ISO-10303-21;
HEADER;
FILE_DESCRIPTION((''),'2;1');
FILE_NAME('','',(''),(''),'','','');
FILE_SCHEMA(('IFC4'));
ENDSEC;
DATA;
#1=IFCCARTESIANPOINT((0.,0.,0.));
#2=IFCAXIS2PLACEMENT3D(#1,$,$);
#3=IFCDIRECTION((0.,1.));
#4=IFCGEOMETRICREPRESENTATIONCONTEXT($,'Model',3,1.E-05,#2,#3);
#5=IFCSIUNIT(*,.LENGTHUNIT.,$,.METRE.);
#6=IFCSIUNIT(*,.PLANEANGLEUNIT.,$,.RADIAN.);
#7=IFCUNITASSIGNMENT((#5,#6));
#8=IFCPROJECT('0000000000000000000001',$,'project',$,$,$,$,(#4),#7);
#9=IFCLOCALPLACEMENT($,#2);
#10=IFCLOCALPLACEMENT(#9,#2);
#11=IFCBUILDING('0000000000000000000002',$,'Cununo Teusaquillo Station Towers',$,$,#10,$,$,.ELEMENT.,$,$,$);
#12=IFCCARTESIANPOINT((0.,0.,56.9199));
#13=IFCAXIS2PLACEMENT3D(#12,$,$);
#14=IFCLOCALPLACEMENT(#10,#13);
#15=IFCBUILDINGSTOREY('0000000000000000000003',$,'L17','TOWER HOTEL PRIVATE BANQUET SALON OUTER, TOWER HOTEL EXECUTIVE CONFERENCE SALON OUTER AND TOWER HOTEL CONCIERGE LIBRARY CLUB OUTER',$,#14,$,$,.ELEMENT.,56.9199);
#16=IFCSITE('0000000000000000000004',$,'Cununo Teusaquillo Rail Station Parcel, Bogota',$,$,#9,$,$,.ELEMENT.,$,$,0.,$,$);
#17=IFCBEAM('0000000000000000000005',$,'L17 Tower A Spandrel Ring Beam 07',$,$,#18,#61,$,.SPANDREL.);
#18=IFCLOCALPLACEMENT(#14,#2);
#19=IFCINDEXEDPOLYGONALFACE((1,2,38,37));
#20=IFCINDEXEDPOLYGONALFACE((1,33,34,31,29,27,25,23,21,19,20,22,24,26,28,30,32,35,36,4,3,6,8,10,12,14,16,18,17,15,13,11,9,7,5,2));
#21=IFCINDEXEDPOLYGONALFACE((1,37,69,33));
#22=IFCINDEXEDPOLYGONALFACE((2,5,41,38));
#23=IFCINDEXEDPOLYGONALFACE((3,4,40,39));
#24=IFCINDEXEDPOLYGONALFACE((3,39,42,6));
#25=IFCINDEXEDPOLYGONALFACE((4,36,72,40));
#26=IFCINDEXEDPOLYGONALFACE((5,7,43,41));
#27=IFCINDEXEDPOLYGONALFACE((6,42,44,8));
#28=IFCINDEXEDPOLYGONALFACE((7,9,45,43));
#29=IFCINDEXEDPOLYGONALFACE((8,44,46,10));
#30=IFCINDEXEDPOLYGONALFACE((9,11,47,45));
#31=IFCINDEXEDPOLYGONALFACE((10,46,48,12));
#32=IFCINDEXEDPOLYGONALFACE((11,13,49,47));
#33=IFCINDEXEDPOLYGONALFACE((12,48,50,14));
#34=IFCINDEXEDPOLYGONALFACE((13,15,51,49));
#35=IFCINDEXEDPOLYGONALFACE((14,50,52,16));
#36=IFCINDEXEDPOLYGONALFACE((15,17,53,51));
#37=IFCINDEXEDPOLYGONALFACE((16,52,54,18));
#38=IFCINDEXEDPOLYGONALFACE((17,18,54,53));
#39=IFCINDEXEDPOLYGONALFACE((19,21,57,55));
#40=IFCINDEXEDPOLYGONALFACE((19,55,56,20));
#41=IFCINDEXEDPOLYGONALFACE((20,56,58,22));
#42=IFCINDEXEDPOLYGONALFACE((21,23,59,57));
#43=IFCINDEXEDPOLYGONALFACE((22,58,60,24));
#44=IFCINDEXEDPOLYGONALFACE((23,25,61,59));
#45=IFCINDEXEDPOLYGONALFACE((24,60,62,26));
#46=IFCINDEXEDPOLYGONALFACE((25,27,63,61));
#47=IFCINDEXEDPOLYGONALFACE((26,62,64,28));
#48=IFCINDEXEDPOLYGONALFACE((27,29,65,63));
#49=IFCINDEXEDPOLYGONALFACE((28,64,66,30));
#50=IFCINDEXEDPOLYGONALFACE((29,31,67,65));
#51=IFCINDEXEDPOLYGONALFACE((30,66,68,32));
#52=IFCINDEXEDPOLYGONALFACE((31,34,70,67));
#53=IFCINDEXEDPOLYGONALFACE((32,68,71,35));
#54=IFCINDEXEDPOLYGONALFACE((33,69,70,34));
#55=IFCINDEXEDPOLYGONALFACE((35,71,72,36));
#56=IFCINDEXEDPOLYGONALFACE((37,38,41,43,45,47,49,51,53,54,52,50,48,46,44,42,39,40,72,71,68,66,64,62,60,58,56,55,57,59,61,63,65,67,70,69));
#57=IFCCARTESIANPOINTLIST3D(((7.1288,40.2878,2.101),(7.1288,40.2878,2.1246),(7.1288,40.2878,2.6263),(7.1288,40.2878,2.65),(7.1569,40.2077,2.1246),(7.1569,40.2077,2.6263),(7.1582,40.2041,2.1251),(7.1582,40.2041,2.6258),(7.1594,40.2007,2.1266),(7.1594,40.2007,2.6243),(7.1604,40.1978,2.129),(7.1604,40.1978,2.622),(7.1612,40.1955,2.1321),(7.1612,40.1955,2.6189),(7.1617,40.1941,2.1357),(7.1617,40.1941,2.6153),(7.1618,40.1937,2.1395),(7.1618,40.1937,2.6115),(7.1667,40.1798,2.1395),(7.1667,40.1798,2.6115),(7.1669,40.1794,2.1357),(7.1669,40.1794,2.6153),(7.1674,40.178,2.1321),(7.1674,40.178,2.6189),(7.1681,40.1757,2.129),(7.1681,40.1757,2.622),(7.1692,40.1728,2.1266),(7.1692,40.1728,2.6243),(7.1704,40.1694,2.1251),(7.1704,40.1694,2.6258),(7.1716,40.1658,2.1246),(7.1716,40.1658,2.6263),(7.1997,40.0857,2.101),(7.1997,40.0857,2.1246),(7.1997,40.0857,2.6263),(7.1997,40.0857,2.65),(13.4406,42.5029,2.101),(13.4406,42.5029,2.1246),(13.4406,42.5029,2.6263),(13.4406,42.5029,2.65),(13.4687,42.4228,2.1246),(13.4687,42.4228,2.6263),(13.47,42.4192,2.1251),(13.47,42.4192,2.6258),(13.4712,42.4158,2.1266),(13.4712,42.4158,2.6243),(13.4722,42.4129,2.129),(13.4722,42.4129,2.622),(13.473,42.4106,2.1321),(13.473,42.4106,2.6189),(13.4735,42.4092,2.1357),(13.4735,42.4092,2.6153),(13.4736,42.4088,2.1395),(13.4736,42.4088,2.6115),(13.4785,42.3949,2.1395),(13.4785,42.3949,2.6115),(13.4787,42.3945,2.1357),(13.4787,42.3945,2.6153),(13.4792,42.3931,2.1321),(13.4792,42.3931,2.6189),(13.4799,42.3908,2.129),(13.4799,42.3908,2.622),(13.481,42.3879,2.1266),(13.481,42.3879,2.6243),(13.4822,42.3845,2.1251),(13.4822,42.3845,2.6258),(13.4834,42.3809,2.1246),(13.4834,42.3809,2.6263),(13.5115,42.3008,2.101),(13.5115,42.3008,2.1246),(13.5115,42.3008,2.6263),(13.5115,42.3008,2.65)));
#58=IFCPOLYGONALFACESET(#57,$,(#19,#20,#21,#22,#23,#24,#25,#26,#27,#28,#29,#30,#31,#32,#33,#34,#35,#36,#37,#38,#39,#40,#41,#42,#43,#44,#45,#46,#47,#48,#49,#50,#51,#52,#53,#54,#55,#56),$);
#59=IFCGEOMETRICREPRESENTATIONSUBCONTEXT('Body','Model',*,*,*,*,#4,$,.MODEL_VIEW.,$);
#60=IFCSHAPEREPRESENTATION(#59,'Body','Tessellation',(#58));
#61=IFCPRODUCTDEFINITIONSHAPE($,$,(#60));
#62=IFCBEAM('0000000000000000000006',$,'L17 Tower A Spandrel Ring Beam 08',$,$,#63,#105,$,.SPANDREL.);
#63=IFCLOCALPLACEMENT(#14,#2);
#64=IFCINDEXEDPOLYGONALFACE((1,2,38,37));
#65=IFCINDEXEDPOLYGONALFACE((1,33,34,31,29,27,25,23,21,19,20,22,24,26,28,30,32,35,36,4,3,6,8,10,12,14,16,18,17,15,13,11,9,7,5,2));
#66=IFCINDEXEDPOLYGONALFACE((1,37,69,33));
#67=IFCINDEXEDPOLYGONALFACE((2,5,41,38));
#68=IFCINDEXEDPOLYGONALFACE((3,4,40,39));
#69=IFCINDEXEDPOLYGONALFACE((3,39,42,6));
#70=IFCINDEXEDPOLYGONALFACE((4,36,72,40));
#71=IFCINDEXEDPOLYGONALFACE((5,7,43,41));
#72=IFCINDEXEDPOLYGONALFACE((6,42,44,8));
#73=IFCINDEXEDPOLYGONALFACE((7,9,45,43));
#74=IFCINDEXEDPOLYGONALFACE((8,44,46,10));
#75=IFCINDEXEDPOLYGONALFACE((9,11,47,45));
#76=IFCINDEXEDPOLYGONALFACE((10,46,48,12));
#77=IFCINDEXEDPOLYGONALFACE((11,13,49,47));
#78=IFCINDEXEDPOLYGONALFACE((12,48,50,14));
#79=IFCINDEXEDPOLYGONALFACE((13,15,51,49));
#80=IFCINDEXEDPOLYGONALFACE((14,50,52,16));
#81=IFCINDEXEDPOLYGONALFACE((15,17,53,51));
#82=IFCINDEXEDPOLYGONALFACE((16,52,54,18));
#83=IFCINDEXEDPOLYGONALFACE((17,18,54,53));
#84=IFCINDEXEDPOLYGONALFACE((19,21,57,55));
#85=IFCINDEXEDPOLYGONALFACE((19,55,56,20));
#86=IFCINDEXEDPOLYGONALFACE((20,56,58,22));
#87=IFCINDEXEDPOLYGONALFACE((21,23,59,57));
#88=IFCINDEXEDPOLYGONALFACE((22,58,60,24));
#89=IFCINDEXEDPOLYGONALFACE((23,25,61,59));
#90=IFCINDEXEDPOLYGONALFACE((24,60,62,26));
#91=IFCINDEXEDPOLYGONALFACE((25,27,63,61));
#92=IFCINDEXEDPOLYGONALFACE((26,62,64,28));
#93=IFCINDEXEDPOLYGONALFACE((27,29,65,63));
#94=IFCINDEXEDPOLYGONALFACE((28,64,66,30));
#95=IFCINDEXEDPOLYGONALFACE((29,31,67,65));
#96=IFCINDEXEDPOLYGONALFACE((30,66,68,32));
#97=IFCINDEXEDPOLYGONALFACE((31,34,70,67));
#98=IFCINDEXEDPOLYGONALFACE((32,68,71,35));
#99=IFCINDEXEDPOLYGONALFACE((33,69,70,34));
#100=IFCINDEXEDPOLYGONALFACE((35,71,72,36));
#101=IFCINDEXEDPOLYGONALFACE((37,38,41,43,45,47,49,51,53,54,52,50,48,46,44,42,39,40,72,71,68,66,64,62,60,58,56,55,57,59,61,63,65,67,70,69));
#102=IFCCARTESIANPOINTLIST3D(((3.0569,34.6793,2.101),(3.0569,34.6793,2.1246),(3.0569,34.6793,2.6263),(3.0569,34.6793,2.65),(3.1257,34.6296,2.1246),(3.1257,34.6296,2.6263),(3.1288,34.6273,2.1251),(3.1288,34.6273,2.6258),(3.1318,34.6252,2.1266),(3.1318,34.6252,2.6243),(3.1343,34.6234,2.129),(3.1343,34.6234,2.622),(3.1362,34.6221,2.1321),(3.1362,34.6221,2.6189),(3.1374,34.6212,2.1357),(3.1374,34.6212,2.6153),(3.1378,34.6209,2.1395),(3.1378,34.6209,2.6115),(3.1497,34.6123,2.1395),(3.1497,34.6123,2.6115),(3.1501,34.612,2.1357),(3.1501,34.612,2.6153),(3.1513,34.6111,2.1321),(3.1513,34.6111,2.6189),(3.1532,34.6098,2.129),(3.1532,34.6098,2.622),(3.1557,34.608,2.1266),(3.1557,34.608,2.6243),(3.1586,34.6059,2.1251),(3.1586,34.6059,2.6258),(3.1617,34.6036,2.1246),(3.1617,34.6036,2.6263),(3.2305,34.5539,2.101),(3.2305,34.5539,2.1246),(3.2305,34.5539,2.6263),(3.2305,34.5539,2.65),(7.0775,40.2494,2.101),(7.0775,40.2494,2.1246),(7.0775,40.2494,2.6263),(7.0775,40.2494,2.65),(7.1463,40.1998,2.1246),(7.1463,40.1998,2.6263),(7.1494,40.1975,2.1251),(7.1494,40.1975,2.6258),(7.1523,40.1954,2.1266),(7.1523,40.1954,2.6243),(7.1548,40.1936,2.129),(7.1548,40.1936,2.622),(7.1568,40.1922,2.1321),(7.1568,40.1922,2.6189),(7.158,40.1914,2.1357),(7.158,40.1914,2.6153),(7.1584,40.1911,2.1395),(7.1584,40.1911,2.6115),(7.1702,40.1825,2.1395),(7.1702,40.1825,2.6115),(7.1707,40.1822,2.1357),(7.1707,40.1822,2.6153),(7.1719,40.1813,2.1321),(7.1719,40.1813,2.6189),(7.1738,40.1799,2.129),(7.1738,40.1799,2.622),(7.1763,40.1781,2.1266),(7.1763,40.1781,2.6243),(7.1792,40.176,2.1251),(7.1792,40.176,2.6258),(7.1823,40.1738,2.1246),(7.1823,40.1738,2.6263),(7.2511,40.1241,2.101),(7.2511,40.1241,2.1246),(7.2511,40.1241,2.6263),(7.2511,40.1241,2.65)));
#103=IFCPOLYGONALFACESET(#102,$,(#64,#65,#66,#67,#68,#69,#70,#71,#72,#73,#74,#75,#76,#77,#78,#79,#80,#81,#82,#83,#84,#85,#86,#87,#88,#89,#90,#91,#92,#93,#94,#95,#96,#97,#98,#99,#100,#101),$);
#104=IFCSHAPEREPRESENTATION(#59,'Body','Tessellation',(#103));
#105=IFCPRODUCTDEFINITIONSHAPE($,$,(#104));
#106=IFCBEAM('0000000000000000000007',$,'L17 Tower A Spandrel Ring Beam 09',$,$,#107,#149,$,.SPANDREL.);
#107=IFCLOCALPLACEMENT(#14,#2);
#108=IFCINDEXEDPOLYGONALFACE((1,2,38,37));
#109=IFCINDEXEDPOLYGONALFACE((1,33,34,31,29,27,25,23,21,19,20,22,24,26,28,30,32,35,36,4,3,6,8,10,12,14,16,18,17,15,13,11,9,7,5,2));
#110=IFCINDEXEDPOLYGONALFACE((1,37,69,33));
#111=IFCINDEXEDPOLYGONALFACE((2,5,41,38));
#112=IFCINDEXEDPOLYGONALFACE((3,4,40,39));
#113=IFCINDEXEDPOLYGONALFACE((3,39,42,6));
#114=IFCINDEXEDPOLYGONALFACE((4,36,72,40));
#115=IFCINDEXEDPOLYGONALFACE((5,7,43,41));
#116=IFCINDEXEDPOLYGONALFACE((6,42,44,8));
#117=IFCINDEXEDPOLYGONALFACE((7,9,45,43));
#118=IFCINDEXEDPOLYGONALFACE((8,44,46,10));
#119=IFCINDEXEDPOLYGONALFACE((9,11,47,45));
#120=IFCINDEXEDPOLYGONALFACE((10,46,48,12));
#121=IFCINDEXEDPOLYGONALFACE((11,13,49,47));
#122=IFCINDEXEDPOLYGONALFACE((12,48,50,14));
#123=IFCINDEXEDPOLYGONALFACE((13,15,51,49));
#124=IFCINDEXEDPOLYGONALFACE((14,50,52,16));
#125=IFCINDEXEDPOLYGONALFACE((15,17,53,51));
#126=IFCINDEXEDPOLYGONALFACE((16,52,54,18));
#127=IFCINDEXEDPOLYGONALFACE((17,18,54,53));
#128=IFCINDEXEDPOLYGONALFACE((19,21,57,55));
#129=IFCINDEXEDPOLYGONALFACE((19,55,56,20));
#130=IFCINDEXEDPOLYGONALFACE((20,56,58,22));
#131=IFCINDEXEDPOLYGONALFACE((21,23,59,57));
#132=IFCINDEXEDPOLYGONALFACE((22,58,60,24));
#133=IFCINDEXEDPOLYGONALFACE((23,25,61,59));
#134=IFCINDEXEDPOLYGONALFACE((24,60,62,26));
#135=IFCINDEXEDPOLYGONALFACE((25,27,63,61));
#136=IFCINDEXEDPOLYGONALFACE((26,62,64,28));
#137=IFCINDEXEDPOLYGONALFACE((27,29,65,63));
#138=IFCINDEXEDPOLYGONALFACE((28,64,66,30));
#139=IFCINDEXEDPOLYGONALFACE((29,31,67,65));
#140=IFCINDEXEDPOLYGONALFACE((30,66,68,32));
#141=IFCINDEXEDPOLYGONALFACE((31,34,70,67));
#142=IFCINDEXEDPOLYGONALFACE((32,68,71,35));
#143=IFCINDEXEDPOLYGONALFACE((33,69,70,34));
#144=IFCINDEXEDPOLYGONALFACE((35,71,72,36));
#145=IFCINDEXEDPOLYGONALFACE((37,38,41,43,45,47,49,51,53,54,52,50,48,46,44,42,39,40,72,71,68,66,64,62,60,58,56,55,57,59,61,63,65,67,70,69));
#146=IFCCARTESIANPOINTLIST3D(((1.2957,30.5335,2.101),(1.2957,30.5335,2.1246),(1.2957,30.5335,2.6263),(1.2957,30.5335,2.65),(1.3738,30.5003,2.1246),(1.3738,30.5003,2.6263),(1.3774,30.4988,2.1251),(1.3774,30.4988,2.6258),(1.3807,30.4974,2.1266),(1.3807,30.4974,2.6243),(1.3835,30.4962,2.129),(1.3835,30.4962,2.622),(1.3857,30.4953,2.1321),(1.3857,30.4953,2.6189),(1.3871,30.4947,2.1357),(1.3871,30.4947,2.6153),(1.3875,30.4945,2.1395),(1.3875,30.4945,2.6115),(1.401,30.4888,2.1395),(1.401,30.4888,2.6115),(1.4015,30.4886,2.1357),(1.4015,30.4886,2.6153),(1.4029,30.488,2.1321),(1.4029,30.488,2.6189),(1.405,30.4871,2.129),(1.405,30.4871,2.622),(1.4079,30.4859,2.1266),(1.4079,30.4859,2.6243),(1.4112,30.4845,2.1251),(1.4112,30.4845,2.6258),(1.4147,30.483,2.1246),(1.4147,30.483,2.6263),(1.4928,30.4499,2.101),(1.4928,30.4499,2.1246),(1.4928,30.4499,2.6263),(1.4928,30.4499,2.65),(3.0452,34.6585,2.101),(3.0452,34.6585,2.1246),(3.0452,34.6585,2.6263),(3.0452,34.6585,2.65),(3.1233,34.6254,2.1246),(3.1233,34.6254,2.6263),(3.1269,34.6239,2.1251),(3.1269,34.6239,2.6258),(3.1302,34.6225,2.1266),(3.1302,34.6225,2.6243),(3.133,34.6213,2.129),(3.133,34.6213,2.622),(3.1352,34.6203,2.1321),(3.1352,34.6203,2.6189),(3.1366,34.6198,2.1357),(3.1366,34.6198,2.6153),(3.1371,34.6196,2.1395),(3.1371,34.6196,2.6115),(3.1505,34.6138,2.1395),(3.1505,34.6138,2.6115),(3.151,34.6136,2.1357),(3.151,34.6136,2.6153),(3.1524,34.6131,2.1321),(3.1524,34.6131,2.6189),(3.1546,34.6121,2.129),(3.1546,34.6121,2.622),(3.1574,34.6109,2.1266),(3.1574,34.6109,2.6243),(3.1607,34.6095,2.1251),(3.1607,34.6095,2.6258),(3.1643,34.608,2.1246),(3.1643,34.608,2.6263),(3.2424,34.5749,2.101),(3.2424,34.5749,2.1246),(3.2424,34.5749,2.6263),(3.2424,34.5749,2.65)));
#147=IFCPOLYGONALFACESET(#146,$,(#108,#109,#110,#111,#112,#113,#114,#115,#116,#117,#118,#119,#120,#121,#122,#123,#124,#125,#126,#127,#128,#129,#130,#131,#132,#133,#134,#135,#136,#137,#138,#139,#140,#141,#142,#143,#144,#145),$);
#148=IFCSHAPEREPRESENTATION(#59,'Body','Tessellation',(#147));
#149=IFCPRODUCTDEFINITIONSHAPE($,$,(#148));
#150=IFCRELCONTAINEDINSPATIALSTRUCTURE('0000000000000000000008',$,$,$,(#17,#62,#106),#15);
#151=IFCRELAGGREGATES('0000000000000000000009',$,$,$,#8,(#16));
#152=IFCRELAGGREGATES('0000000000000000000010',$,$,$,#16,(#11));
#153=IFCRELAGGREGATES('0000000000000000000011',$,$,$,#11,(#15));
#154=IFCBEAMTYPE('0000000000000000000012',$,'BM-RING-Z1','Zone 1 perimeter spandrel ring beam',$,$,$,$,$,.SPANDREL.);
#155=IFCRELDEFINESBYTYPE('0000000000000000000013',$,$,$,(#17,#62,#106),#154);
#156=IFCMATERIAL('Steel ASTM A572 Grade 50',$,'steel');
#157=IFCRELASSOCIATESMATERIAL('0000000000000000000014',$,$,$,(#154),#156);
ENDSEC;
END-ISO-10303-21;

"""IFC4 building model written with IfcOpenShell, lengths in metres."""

from ifc_helpers import new_model, si_unit, direction, frame, origin, origin_2d, place, context, subcontext, project, spatial, i_section, extrude, material, material_profile, profile_set, type_object, element, save


model = new_model("IFC4")

# Units and contexts
model_context = context("Model", 3, precision=1e-05, world=origin(), true_north=direction((0.0, 1.0)))
body_context = subcontext(model_context, "Body", "Model", "MODEL_VIEW")
ifc_project = project(units=[si_unit("LENGTHUNIT", "METRE"), si_unit("PLANEANGLEUNIT", "RADIAN")], contexts=[model_context])

# Site, building, storey
site_placement = place(None, origin())
site = spatial("IfcSite", under=ifc_project, at=site_placement, Name="Cununo Teusaquillo Rail Station Parcel, Bogota", CompositionType="ELEMENT", RefElevation=0.0)
building_placement = place(site_placement, origin())
building = spatial("IfcBuilding", under=site, at=building_placement, Name="Cununo Teusaquillo Station Towers", CompositionType="ELEMENT")
storey_placement = place(building_placement, frame((0.0, 0.0, 56.9199)))
storey = spatial("IfcBuildingStorey", under=building, at=storey_placement, Name="L17", Description="TOWER HOTEL PRIVATE BANQUET SALON OUTER, TOWER HOTEL EXECUTIVE CONFERENCE SALON OUTER AND TOWER HOTEL CONCIERGE LIBRARY CLUB OUTER", CompositionType="ELEMENT", Elevation=56.9199)

# Beams
ifc_material_1 = material(Name="Steel ASTM A572 Grade 50", Category="steel")
ifc_material_profile_1 = material_profile(ifc_material_1, i_section(OverallWidth=0.2141, OverallDepth=0.5491, WebThickness=0.0146, FlangeThickness=0.0237, FilletRadius=0.0149, at=origin_2d()), Name="W21X93")
ifc_profile_set_1 = profile_set([ifc_material_profile_1], Name="Steel ASTM A572 Grade 50")
beam_type_1 = type_object("IfcBeamType", Name="BM-RING-Z1", Description="Zone 1 perimeter spandrel ring beam", PredefinedType="SPANDREL", material=ifc_profile_set_1)
beam_1_placement = place(storey_placement, frame((13.4761, 42.4019, 2.3755), z_axis=(-0.94358, -0.331145, 0.0), x_axis=(0.331145, -0.94358, 0.0)))
element("IfcBeam", 1, at=beam_1_placement, inside=storey, type_object=beam_type_1, Name="L17 Tower A Spandrel Ring Beam 07", PredefinedType="SPANDREL", context=body_context, shape_type="SweptSolid", body=[
    extrude(i_section(OverallWidth=0.2141, OverallDepth=0.5491, WebThickness=0.0146, FlangeThickness=0.0237, FilletRadius=0.0149, at=origin_2d()), origin(), (0.0, 0.0, 1.0), 6.6892),
])
beam_2_placement = place(storey_placement, frame((7.1643, 40.1868, 2.3755), z_axis=(-0.585269, -0.810839, 0.0), x_axis=(0.810839, -0.585269, 0.0)))
element("IfcBeam", 2, at=beam_2_placement, inside=storey, type_object=beam_type_1, Name="L17 Tower A Spandrel Ring Beam 08", PredefinedType="SPANDREL", context=body_context, shape_type="SweptSolid", body=[
    extrude(i_section(OverallWidth=0.2141, OverallDepth=0.5491, WebThickness=0.0146, FlangeThickness=0.0237, FilletRadius=0.0149, at=origin_2d()), origin(), (0.0, 0.0, 1.0), 6.8696),
])
beam_3_placement = place(storey_placement, frame((3.1438, 34.6167, 2.3755), z_axis=(-0.390457, -0.920621, 0.0), x_axis=(0.920621, -0.390457, 0.0)))
element("IfcBeam", 3, at=beam_3_placement, inside=storey, type_object=beam_type_1, Name="L17 Tower A Spandrel Ring Beam 09", PredefinedType="SPANDREL", context=body_context, shape_type="SweptSolid", body=[
    extrude(i_section(OverallWidth=0.2141, OverallDepth=0.5491, WebThickness=0.0146, FlangeThickness=0.0237, FilletRadius=0.0149, at=origin_2d()), origin(), (0.0, 0.0, 1.0), 4.4807),
])

save(model, "model.ifc")
